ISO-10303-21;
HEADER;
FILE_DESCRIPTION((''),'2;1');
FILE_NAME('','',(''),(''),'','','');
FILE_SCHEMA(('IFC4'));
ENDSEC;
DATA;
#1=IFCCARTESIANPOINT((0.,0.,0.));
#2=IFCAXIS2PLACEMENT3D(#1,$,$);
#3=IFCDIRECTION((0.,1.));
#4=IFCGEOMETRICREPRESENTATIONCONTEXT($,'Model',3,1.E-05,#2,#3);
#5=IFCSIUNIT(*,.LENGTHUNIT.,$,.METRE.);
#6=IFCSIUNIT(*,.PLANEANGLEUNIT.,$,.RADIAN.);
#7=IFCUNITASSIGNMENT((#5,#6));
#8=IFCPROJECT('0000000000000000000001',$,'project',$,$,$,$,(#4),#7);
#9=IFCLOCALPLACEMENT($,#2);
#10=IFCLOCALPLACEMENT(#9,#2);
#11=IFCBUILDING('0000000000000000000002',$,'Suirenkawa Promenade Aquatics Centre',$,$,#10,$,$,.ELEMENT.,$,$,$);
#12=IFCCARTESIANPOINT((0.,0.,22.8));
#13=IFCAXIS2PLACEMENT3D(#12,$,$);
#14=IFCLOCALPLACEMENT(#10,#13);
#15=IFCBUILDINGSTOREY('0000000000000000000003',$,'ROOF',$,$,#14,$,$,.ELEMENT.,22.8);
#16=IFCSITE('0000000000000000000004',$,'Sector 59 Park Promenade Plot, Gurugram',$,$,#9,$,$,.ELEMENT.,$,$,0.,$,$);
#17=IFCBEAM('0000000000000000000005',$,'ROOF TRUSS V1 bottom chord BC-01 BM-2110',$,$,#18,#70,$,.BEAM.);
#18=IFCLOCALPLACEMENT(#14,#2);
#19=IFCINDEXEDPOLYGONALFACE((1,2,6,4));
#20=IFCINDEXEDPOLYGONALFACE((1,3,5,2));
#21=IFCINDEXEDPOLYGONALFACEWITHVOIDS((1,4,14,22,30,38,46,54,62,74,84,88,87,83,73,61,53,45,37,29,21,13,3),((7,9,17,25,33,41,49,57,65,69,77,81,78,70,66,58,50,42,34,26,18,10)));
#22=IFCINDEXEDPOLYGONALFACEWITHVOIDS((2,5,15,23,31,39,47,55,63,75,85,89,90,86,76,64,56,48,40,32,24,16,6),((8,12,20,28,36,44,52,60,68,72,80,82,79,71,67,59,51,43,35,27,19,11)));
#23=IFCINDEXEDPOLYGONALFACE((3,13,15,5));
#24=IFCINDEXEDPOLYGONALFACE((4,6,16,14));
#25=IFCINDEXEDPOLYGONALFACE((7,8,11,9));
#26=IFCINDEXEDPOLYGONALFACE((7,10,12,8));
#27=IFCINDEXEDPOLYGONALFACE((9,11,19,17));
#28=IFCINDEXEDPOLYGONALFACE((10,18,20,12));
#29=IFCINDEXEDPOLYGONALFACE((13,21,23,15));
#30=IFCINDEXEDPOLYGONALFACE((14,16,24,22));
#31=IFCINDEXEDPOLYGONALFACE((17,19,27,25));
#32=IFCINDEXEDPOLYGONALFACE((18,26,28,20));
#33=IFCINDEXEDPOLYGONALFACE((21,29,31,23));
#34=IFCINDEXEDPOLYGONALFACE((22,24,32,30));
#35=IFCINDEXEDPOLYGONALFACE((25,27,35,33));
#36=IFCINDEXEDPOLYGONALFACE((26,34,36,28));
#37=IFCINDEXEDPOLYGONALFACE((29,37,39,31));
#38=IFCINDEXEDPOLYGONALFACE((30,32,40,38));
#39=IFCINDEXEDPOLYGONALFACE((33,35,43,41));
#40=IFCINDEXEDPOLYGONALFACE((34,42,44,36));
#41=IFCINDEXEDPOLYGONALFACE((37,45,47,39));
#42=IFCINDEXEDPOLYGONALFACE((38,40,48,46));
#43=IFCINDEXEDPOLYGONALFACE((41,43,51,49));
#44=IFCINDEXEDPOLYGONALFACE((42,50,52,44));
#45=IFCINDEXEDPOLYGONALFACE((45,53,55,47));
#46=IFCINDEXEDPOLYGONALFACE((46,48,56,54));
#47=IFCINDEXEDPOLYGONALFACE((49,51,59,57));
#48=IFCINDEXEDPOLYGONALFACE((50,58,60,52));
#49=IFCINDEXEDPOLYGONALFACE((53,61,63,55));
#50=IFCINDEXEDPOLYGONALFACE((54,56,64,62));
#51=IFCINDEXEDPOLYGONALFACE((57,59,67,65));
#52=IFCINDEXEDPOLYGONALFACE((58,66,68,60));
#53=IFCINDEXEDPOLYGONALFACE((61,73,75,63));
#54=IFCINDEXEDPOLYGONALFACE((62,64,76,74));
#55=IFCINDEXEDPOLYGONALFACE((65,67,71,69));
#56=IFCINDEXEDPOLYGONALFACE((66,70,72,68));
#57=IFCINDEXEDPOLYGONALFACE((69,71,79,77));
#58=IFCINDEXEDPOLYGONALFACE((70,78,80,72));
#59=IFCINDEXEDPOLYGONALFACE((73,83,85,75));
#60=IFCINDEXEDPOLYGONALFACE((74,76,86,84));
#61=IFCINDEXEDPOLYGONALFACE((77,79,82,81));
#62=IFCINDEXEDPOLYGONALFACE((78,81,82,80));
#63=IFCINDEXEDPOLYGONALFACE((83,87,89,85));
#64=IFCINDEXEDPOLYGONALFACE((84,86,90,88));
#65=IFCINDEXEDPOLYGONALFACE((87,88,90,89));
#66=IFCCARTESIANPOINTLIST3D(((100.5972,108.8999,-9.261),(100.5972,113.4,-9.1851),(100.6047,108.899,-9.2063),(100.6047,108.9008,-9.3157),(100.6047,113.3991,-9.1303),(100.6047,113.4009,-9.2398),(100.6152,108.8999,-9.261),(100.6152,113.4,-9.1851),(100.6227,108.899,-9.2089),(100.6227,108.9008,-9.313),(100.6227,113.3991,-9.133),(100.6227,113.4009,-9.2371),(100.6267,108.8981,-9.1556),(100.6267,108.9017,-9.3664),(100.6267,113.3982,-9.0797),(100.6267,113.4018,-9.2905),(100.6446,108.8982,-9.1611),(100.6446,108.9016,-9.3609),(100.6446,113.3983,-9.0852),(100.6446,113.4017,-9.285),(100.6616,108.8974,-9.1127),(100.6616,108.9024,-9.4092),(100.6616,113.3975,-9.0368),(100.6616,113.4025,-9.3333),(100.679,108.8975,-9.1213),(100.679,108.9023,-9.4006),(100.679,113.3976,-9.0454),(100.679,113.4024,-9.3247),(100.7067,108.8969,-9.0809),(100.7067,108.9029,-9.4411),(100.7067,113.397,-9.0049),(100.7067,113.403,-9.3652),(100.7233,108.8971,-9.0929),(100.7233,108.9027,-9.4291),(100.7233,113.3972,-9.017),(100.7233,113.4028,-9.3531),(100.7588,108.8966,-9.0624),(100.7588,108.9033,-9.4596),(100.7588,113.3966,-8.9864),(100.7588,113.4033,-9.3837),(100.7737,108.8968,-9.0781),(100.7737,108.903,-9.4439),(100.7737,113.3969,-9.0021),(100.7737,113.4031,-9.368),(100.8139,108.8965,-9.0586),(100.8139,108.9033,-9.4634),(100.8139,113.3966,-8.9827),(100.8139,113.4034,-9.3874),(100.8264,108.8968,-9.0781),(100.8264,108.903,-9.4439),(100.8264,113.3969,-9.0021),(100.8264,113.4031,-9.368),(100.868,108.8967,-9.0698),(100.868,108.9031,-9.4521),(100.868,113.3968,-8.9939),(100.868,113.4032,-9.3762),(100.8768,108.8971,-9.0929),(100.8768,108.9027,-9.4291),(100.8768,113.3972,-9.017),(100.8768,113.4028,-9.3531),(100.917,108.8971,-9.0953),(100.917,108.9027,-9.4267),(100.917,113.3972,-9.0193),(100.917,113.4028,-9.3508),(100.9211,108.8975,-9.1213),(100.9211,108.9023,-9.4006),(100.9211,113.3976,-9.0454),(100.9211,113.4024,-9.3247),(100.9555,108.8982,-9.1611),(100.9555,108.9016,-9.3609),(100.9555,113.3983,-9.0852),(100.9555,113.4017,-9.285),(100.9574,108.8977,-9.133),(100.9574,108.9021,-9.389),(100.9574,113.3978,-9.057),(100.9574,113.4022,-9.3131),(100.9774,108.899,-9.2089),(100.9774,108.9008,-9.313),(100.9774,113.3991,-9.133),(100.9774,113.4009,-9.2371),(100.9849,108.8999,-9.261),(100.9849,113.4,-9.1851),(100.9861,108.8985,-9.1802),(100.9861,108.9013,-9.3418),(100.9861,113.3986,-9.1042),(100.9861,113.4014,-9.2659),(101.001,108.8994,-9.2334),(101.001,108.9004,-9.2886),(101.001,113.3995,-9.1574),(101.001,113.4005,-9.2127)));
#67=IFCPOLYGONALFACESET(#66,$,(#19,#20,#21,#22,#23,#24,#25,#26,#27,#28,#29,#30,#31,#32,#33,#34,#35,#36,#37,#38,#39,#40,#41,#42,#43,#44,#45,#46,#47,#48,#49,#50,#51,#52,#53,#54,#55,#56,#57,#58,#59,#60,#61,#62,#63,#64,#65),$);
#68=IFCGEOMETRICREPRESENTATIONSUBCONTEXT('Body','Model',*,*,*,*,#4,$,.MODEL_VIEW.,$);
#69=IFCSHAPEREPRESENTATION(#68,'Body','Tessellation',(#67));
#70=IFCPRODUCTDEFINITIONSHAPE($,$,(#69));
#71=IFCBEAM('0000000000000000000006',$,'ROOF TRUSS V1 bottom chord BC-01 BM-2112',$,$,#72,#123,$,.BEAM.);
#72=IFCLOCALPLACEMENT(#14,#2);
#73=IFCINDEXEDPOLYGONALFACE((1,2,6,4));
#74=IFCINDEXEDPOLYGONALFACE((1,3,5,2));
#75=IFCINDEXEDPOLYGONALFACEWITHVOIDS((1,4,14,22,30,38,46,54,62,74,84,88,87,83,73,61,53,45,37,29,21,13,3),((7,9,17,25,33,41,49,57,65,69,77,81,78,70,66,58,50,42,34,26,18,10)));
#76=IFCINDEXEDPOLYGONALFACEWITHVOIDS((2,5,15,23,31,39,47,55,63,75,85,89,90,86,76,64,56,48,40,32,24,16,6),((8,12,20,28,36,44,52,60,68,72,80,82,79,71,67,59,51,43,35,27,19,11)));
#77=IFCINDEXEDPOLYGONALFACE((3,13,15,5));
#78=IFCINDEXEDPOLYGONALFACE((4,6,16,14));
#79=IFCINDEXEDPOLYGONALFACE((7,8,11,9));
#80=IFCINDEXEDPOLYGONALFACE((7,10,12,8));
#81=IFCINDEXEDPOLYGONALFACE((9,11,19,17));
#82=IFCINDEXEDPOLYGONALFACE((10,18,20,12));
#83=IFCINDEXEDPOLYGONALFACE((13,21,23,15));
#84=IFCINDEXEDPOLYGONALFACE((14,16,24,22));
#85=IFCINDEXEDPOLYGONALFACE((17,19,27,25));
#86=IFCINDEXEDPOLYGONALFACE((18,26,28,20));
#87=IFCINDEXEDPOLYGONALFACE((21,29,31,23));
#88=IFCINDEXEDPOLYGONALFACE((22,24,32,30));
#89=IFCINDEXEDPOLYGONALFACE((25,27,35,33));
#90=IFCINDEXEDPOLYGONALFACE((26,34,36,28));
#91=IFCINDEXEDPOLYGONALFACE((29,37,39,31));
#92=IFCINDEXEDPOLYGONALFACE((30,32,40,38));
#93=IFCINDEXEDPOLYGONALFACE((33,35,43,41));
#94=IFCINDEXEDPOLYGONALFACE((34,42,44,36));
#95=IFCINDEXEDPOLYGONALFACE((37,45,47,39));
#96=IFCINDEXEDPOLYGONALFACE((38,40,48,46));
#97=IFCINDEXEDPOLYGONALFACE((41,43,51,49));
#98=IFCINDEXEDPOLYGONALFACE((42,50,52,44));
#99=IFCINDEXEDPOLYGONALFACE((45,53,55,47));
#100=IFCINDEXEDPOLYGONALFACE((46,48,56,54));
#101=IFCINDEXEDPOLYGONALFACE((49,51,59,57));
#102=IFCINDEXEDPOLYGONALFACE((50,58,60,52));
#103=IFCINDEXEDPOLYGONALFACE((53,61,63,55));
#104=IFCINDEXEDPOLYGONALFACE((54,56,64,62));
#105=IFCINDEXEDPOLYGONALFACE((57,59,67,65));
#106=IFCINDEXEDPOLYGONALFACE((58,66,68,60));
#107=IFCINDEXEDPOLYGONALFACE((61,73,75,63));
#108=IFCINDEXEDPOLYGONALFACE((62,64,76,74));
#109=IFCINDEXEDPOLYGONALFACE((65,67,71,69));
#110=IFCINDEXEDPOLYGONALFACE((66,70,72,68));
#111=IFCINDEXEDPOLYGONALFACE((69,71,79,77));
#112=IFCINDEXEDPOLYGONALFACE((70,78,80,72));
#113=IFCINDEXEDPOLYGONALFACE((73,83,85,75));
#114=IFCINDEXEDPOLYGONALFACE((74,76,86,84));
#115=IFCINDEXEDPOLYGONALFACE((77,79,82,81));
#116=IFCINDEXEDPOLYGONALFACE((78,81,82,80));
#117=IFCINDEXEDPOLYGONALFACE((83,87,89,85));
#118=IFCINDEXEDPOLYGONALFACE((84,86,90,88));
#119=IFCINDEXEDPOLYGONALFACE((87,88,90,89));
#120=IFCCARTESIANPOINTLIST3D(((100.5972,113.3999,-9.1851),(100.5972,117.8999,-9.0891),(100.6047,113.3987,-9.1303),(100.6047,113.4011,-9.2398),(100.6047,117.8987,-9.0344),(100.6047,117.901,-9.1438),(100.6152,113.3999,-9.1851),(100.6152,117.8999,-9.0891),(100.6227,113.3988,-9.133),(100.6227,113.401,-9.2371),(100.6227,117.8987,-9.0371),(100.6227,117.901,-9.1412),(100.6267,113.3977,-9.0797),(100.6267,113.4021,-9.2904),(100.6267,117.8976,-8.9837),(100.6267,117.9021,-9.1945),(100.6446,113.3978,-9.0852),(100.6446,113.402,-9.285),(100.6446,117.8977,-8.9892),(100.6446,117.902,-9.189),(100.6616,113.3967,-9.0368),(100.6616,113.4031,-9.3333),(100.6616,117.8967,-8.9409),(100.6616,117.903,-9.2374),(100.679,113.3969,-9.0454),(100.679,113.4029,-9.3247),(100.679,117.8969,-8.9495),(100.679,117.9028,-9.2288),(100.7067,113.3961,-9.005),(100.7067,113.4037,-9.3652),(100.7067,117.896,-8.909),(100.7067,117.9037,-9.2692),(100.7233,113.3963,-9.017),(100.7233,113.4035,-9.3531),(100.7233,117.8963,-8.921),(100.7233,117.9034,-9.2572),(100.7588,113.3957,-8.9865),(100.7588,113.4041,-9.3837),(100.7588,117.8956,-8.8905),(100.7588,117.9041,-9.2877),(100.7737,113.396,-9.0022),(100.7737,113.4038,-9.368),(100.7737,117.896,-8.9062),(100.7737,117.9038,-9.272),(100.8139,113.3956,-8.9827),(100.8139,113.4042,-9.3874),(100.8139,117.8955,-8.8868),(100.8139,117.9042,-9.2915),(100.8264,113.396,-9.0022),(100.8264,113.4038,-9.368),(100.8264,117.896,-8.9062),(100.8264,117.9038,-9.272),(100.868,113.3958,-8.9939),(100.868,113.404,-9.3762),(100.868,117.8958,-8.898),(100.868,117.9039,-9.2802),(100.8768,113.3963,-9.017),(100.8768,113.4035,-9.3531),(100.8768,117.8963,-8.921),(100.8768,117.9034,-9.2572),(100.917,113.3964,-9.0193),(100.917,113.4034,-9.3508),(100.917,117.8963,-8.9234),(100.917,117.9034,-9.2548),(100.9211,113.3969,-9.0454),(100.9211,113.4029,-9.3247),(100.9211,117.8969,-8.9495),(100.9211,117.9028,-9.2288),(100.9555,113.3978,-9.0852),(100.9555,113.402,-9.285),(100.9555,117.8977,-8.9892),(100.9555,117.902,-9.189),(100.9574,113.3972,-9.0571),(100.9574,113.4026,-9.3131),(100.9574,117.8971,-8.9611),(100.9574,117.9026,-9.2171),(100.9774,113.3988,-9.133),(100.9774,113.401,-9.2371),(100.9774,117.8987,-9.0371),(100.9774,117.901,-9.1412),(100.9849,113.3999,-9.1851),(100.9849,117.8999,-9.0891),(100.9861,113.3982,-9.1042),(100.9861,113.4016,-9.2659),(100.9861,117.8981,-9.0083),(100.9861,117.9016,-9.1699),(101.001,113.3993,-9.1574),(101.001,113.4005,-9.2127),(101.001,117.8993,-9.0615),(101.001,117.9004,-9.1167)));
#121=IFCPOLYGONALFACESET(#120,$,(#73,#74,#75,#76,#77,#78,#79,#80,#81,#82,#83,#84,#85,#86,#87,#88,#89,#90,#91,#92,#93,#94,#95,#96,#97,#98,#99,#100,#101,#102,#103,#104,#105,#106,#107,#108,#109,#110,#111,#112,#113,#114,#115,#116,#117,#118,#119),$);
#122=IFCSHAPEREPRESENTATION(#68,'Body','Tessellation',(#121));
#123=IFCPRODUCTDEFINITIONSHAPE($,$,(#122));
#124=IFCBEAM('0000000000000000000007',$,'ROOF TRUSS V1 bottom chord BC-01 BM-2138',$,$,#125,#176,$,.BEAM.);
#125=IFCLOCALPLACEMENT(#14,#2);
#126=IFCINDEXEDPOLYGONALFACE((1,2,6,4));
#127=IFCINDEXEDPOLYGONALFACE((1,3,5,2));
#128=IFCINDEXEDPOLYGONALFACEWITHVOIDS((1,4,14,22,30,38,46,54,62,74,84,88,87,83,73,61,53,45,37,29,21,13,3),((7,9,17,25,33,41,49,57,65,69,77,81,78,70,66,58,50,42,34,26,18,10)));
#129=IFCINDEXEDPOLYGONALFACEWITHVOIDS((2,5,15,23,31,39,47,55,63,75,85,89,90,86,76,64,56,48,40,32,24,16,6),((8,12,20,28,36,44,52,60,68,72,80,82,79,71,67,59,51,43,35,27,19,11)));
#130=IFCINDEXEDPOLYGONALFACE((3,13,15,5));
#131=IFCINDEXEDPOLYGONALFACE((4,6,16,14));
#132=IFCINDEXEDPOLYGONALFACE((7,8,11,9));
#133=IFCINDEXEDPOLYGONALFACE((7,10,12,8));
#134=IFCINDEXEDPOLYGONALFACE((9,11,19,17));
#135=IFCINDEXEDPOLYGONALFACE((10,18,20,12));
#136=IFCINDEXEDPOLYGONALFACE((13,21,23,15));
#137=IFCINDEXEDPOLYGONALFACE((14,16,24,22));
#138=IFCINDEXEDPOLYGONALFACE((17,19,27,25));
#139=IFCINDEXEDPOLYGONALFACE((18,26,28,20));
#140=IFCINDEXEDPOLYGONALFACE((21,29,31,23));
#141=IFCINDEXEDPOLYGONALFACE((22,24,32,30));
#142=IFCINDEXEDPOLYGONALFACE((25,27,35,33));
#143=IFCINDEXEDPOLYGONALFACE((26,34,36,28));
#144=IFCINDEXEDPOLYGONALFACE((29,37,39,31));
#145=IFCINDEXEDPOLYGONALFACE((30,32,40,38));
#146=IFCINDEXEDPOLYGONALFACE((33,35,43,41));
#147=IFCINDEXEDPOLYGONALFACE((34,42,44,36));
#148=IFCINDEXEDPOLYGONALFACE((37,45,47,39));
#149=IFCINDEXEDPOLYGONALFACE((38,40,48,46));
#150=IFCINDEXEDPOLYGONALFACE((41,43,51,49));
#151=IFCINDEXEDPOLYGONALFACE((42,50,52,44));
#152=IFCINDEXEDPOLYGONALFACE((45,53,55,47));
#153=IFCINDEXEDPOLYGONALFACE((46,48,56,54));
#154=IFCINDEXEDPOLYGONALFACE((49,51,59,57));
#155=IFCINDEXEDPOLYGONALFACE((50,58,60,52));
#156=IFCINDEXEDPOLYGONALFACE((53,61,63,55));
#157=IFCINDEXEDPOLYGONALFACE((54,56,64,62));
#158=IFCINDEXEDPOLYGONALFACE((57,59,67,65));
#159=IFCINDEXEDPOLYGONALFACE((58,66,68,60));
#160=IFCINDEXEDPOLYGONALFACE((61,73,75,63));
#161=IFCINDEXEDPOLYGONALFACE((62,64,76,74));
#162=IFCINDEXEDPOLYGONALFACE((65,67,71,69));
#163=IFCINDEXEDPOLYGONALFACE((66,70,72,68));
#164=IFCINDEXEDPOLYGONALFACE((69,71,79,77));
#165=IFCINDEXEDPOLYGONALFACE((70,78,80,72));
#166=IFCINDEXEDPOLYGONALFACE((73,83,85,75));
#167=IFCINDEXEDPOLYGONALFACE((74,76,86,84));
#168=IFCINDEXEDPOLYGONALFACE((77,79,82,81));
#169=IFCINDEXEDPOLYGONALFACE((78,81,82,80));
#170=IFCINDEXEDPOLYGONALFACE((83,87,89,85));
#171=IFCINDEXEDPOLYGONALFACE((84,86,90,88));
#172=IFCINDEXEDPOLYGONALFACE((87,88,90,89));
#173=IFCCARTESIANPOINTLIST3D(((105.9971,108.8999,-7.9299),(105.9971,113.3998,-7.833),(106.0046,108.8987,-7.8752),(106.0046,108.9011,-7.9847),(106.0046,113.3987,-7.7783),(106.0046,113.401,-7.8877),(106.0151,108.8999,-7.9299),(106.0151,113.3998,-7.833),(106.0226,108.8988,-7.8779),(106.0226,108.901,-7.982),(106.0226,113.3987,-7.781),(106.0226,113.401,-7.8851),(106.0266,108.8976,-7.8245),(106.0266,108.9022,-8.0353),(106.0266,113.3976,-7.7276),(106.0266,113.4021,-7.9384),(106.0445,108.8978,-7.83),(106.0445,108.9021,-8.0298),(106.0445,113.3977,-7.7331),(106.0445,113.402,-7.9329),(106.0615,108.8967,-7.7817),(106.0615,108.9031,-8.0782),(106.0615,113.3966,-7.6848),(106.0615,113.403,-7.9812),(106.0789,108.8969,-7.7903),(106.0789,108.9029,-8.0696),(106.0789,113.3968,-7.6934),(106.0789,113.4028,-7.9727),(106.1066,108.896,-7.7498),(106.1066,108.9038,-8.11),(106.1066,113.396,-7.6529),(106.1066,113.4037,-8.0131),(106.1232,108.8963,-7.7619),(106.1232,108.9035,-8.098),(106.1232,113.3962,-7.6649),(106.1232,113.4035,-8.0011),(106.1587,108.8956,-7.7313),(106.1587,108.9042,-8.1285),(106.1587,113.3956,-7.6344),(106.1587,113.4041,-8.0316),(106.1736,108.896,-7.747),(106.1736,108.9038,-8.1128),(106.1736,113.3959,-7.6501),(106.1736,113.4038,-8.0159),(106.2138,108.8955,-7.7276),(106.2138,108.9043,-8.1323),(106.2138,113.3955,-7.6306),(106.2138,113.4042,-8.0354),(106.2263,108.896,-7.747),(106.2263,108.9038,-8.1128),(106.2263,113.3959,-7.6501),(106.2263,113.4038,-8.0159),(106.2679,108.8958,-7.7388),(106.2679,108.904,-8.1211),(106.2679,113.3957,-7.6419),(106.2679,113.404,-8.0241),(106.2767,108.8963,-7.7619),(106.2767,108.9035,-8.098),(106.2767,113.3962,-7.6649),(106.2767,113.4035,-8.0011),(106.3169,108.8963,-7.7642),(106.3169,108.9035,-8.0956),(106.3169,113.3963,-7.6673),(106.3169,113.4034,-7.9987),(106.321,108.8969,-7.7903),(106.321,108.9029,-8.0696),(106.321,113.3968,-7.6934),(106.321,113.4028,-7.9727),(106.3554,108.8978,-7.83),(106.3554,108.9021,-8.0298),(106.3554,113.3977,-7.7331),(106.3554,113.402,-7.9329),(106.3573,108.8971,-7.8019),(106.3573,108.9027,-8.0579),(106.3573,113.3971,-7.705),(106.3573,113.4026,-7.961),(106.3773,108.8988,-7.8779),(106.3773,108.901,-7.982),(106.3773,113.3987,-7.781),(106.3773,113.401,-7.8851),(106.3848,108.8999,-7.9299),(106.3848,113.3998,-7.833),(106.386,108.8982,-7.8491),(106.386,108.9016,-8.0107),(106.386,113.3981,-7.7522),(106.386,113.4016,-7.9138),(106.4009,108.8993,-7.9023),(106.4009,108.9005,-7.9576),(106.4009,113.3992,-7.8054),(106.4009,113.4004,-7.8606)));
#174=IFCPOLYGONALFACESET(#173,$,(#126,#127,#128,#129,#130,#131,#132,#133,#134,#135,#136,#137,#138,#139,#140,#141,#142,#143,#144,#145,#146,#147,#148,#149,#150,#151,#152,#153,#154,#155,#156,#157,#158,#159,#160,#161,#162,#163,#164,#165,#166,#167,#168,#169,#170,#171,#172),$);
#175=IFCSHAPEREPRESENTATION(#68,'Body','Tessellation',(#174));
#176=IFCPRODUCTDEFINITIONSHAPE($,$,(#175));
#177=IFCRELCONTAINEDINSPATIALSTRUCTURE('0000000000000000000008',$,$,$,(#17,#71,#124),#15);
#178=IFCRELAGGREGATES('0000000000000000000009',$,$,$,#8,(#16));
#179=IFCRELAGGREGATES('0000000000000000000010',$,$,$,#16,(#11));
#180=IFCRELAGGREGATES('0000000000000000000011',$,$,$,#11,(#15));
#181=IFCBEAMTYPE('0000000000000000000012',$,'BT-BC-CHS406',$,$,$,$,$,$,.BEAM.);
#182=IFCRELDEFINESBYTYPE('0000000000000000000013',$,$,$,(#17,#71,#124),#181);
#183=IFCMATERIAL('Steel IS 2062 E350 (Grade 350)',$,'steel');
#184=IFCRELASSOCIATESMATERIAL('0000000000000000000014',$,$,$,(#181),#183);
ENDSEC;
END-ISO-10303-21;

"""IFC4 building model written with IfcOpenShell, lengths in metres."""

from ifc_helpers import new_model, si_unit, direction, frame, origin, origin_2d, place, context, subcontext, project, spatial, hollow_circle, extrude, material, material_profile, profile_set, type_object, element, save


model = new_model("IFC4")

# Units and contexts
model_context = context("Model", 3, precision=1e-05, world=origin(), true_north=direction((0.0, 1.0)))
body_context = subcontext(model_context, "Body", "Model", "MODEL_VIEW")
ifc_project = project(units=[si_unit("LENGTHUNIT", "METRE"), si_unit("PLANEANGLEUNIT", "RADIAN")], contexts=[model_context])

# Site, building, storey
site_placement = place(None, origin())
site = spatial("IfcSite", under=ifc_project, at=site_placement, Name="Sector 59 Park Promenade Plot, Gurugram", CompositionType="ELEMENT", RefElevation=0.0)
building_placement = place(site_placement, origin())
building = spatial("IfcBuilding", under=site, at=building_placement, Name="Suirenkawa Promenade Aquatics Centre", CompositionType="ELEMENT")
storey_placement = place(building_placement, frame((0.0, 0.0, 22.8)))
storey = spatial("IfcBuildingStorey", under=building, at=storey_placement, Name="ROOF", CompositionType="ELEMENT", Elevation=22.8)

# Beams
ifc_material = material(Name="Steel IS 2062 E350 (Grade 350)", Category="steel")
ifc_material_profile_1 = material_profile(ifc_material, hollow_circle(Radius=0.2029, WallThickness=0.0181, at=origin_2d()), Name="CHS 406x18", Category="steel")
ifc_profile_set_1 = profile_set([ifc_material_profile_1], Name="Steel IS 2062 E350 (Grade 350)")
beam_type_1 = type_object("IfcBeamType", Name="BT-BC-CHS406", PredefinedType="BEAM", material=ifc_profile_set_1)
beam_placement = place(storey_placement, frame((100.8, 108.8999, -9.261), z_axis=(0.0, 0.999858, 0.01687), x_axis=(-1.0, 0.0, 0.0)))
element("IfcBeam", 1, at=beam_placement, inside=storey, type_object=beam_type_1, Name="ROOF TRUSS V1 bottom chord BC-01 BM-2110", PredefinedType="BEAM", context=body_context, shape_type="SweptSolid", body=[
    extrude(hollow_circle(Radius=0.2029, WallThickness=0.0181, at=origin_2d()), origin(), (0.0, 0.0, 1.0), 4.5007),
])
for number, where, z_axis, x_axis, name in (
    (2, (100.8, 113.3999, -9.1851), (0.0, 0.999773, 0.021317), (-1.0, 0.0, 0.0), "ROOF TRUSS V1 bottom chord BC-01 BM-2112"),
    (3, (106.2, 108.8999, -7.9299), (0.0, 0.999768, 0.021534), (-1.0, 0.0, 0.0), "ROOF TRUSS V1 bottom chord BC-01 BM-2138"),
):
    element("IfcBeam", number, at=place(storey_placement, frame(where, z_axis=z_axis, x_axis=x_axis)), inside=storey, type_object=beam_type_1, Name=name, PredefinedType="BEAM", context=body_context, shape_type="SweptSolid", body=[
        extrude(hollow_circle(Radius=0.2029, WallThickness=0.0181, at=origin_2d()), origin(), (0.0, 0.0, 1.0), 4.501),
    ])

save(model, "model.ifc")
